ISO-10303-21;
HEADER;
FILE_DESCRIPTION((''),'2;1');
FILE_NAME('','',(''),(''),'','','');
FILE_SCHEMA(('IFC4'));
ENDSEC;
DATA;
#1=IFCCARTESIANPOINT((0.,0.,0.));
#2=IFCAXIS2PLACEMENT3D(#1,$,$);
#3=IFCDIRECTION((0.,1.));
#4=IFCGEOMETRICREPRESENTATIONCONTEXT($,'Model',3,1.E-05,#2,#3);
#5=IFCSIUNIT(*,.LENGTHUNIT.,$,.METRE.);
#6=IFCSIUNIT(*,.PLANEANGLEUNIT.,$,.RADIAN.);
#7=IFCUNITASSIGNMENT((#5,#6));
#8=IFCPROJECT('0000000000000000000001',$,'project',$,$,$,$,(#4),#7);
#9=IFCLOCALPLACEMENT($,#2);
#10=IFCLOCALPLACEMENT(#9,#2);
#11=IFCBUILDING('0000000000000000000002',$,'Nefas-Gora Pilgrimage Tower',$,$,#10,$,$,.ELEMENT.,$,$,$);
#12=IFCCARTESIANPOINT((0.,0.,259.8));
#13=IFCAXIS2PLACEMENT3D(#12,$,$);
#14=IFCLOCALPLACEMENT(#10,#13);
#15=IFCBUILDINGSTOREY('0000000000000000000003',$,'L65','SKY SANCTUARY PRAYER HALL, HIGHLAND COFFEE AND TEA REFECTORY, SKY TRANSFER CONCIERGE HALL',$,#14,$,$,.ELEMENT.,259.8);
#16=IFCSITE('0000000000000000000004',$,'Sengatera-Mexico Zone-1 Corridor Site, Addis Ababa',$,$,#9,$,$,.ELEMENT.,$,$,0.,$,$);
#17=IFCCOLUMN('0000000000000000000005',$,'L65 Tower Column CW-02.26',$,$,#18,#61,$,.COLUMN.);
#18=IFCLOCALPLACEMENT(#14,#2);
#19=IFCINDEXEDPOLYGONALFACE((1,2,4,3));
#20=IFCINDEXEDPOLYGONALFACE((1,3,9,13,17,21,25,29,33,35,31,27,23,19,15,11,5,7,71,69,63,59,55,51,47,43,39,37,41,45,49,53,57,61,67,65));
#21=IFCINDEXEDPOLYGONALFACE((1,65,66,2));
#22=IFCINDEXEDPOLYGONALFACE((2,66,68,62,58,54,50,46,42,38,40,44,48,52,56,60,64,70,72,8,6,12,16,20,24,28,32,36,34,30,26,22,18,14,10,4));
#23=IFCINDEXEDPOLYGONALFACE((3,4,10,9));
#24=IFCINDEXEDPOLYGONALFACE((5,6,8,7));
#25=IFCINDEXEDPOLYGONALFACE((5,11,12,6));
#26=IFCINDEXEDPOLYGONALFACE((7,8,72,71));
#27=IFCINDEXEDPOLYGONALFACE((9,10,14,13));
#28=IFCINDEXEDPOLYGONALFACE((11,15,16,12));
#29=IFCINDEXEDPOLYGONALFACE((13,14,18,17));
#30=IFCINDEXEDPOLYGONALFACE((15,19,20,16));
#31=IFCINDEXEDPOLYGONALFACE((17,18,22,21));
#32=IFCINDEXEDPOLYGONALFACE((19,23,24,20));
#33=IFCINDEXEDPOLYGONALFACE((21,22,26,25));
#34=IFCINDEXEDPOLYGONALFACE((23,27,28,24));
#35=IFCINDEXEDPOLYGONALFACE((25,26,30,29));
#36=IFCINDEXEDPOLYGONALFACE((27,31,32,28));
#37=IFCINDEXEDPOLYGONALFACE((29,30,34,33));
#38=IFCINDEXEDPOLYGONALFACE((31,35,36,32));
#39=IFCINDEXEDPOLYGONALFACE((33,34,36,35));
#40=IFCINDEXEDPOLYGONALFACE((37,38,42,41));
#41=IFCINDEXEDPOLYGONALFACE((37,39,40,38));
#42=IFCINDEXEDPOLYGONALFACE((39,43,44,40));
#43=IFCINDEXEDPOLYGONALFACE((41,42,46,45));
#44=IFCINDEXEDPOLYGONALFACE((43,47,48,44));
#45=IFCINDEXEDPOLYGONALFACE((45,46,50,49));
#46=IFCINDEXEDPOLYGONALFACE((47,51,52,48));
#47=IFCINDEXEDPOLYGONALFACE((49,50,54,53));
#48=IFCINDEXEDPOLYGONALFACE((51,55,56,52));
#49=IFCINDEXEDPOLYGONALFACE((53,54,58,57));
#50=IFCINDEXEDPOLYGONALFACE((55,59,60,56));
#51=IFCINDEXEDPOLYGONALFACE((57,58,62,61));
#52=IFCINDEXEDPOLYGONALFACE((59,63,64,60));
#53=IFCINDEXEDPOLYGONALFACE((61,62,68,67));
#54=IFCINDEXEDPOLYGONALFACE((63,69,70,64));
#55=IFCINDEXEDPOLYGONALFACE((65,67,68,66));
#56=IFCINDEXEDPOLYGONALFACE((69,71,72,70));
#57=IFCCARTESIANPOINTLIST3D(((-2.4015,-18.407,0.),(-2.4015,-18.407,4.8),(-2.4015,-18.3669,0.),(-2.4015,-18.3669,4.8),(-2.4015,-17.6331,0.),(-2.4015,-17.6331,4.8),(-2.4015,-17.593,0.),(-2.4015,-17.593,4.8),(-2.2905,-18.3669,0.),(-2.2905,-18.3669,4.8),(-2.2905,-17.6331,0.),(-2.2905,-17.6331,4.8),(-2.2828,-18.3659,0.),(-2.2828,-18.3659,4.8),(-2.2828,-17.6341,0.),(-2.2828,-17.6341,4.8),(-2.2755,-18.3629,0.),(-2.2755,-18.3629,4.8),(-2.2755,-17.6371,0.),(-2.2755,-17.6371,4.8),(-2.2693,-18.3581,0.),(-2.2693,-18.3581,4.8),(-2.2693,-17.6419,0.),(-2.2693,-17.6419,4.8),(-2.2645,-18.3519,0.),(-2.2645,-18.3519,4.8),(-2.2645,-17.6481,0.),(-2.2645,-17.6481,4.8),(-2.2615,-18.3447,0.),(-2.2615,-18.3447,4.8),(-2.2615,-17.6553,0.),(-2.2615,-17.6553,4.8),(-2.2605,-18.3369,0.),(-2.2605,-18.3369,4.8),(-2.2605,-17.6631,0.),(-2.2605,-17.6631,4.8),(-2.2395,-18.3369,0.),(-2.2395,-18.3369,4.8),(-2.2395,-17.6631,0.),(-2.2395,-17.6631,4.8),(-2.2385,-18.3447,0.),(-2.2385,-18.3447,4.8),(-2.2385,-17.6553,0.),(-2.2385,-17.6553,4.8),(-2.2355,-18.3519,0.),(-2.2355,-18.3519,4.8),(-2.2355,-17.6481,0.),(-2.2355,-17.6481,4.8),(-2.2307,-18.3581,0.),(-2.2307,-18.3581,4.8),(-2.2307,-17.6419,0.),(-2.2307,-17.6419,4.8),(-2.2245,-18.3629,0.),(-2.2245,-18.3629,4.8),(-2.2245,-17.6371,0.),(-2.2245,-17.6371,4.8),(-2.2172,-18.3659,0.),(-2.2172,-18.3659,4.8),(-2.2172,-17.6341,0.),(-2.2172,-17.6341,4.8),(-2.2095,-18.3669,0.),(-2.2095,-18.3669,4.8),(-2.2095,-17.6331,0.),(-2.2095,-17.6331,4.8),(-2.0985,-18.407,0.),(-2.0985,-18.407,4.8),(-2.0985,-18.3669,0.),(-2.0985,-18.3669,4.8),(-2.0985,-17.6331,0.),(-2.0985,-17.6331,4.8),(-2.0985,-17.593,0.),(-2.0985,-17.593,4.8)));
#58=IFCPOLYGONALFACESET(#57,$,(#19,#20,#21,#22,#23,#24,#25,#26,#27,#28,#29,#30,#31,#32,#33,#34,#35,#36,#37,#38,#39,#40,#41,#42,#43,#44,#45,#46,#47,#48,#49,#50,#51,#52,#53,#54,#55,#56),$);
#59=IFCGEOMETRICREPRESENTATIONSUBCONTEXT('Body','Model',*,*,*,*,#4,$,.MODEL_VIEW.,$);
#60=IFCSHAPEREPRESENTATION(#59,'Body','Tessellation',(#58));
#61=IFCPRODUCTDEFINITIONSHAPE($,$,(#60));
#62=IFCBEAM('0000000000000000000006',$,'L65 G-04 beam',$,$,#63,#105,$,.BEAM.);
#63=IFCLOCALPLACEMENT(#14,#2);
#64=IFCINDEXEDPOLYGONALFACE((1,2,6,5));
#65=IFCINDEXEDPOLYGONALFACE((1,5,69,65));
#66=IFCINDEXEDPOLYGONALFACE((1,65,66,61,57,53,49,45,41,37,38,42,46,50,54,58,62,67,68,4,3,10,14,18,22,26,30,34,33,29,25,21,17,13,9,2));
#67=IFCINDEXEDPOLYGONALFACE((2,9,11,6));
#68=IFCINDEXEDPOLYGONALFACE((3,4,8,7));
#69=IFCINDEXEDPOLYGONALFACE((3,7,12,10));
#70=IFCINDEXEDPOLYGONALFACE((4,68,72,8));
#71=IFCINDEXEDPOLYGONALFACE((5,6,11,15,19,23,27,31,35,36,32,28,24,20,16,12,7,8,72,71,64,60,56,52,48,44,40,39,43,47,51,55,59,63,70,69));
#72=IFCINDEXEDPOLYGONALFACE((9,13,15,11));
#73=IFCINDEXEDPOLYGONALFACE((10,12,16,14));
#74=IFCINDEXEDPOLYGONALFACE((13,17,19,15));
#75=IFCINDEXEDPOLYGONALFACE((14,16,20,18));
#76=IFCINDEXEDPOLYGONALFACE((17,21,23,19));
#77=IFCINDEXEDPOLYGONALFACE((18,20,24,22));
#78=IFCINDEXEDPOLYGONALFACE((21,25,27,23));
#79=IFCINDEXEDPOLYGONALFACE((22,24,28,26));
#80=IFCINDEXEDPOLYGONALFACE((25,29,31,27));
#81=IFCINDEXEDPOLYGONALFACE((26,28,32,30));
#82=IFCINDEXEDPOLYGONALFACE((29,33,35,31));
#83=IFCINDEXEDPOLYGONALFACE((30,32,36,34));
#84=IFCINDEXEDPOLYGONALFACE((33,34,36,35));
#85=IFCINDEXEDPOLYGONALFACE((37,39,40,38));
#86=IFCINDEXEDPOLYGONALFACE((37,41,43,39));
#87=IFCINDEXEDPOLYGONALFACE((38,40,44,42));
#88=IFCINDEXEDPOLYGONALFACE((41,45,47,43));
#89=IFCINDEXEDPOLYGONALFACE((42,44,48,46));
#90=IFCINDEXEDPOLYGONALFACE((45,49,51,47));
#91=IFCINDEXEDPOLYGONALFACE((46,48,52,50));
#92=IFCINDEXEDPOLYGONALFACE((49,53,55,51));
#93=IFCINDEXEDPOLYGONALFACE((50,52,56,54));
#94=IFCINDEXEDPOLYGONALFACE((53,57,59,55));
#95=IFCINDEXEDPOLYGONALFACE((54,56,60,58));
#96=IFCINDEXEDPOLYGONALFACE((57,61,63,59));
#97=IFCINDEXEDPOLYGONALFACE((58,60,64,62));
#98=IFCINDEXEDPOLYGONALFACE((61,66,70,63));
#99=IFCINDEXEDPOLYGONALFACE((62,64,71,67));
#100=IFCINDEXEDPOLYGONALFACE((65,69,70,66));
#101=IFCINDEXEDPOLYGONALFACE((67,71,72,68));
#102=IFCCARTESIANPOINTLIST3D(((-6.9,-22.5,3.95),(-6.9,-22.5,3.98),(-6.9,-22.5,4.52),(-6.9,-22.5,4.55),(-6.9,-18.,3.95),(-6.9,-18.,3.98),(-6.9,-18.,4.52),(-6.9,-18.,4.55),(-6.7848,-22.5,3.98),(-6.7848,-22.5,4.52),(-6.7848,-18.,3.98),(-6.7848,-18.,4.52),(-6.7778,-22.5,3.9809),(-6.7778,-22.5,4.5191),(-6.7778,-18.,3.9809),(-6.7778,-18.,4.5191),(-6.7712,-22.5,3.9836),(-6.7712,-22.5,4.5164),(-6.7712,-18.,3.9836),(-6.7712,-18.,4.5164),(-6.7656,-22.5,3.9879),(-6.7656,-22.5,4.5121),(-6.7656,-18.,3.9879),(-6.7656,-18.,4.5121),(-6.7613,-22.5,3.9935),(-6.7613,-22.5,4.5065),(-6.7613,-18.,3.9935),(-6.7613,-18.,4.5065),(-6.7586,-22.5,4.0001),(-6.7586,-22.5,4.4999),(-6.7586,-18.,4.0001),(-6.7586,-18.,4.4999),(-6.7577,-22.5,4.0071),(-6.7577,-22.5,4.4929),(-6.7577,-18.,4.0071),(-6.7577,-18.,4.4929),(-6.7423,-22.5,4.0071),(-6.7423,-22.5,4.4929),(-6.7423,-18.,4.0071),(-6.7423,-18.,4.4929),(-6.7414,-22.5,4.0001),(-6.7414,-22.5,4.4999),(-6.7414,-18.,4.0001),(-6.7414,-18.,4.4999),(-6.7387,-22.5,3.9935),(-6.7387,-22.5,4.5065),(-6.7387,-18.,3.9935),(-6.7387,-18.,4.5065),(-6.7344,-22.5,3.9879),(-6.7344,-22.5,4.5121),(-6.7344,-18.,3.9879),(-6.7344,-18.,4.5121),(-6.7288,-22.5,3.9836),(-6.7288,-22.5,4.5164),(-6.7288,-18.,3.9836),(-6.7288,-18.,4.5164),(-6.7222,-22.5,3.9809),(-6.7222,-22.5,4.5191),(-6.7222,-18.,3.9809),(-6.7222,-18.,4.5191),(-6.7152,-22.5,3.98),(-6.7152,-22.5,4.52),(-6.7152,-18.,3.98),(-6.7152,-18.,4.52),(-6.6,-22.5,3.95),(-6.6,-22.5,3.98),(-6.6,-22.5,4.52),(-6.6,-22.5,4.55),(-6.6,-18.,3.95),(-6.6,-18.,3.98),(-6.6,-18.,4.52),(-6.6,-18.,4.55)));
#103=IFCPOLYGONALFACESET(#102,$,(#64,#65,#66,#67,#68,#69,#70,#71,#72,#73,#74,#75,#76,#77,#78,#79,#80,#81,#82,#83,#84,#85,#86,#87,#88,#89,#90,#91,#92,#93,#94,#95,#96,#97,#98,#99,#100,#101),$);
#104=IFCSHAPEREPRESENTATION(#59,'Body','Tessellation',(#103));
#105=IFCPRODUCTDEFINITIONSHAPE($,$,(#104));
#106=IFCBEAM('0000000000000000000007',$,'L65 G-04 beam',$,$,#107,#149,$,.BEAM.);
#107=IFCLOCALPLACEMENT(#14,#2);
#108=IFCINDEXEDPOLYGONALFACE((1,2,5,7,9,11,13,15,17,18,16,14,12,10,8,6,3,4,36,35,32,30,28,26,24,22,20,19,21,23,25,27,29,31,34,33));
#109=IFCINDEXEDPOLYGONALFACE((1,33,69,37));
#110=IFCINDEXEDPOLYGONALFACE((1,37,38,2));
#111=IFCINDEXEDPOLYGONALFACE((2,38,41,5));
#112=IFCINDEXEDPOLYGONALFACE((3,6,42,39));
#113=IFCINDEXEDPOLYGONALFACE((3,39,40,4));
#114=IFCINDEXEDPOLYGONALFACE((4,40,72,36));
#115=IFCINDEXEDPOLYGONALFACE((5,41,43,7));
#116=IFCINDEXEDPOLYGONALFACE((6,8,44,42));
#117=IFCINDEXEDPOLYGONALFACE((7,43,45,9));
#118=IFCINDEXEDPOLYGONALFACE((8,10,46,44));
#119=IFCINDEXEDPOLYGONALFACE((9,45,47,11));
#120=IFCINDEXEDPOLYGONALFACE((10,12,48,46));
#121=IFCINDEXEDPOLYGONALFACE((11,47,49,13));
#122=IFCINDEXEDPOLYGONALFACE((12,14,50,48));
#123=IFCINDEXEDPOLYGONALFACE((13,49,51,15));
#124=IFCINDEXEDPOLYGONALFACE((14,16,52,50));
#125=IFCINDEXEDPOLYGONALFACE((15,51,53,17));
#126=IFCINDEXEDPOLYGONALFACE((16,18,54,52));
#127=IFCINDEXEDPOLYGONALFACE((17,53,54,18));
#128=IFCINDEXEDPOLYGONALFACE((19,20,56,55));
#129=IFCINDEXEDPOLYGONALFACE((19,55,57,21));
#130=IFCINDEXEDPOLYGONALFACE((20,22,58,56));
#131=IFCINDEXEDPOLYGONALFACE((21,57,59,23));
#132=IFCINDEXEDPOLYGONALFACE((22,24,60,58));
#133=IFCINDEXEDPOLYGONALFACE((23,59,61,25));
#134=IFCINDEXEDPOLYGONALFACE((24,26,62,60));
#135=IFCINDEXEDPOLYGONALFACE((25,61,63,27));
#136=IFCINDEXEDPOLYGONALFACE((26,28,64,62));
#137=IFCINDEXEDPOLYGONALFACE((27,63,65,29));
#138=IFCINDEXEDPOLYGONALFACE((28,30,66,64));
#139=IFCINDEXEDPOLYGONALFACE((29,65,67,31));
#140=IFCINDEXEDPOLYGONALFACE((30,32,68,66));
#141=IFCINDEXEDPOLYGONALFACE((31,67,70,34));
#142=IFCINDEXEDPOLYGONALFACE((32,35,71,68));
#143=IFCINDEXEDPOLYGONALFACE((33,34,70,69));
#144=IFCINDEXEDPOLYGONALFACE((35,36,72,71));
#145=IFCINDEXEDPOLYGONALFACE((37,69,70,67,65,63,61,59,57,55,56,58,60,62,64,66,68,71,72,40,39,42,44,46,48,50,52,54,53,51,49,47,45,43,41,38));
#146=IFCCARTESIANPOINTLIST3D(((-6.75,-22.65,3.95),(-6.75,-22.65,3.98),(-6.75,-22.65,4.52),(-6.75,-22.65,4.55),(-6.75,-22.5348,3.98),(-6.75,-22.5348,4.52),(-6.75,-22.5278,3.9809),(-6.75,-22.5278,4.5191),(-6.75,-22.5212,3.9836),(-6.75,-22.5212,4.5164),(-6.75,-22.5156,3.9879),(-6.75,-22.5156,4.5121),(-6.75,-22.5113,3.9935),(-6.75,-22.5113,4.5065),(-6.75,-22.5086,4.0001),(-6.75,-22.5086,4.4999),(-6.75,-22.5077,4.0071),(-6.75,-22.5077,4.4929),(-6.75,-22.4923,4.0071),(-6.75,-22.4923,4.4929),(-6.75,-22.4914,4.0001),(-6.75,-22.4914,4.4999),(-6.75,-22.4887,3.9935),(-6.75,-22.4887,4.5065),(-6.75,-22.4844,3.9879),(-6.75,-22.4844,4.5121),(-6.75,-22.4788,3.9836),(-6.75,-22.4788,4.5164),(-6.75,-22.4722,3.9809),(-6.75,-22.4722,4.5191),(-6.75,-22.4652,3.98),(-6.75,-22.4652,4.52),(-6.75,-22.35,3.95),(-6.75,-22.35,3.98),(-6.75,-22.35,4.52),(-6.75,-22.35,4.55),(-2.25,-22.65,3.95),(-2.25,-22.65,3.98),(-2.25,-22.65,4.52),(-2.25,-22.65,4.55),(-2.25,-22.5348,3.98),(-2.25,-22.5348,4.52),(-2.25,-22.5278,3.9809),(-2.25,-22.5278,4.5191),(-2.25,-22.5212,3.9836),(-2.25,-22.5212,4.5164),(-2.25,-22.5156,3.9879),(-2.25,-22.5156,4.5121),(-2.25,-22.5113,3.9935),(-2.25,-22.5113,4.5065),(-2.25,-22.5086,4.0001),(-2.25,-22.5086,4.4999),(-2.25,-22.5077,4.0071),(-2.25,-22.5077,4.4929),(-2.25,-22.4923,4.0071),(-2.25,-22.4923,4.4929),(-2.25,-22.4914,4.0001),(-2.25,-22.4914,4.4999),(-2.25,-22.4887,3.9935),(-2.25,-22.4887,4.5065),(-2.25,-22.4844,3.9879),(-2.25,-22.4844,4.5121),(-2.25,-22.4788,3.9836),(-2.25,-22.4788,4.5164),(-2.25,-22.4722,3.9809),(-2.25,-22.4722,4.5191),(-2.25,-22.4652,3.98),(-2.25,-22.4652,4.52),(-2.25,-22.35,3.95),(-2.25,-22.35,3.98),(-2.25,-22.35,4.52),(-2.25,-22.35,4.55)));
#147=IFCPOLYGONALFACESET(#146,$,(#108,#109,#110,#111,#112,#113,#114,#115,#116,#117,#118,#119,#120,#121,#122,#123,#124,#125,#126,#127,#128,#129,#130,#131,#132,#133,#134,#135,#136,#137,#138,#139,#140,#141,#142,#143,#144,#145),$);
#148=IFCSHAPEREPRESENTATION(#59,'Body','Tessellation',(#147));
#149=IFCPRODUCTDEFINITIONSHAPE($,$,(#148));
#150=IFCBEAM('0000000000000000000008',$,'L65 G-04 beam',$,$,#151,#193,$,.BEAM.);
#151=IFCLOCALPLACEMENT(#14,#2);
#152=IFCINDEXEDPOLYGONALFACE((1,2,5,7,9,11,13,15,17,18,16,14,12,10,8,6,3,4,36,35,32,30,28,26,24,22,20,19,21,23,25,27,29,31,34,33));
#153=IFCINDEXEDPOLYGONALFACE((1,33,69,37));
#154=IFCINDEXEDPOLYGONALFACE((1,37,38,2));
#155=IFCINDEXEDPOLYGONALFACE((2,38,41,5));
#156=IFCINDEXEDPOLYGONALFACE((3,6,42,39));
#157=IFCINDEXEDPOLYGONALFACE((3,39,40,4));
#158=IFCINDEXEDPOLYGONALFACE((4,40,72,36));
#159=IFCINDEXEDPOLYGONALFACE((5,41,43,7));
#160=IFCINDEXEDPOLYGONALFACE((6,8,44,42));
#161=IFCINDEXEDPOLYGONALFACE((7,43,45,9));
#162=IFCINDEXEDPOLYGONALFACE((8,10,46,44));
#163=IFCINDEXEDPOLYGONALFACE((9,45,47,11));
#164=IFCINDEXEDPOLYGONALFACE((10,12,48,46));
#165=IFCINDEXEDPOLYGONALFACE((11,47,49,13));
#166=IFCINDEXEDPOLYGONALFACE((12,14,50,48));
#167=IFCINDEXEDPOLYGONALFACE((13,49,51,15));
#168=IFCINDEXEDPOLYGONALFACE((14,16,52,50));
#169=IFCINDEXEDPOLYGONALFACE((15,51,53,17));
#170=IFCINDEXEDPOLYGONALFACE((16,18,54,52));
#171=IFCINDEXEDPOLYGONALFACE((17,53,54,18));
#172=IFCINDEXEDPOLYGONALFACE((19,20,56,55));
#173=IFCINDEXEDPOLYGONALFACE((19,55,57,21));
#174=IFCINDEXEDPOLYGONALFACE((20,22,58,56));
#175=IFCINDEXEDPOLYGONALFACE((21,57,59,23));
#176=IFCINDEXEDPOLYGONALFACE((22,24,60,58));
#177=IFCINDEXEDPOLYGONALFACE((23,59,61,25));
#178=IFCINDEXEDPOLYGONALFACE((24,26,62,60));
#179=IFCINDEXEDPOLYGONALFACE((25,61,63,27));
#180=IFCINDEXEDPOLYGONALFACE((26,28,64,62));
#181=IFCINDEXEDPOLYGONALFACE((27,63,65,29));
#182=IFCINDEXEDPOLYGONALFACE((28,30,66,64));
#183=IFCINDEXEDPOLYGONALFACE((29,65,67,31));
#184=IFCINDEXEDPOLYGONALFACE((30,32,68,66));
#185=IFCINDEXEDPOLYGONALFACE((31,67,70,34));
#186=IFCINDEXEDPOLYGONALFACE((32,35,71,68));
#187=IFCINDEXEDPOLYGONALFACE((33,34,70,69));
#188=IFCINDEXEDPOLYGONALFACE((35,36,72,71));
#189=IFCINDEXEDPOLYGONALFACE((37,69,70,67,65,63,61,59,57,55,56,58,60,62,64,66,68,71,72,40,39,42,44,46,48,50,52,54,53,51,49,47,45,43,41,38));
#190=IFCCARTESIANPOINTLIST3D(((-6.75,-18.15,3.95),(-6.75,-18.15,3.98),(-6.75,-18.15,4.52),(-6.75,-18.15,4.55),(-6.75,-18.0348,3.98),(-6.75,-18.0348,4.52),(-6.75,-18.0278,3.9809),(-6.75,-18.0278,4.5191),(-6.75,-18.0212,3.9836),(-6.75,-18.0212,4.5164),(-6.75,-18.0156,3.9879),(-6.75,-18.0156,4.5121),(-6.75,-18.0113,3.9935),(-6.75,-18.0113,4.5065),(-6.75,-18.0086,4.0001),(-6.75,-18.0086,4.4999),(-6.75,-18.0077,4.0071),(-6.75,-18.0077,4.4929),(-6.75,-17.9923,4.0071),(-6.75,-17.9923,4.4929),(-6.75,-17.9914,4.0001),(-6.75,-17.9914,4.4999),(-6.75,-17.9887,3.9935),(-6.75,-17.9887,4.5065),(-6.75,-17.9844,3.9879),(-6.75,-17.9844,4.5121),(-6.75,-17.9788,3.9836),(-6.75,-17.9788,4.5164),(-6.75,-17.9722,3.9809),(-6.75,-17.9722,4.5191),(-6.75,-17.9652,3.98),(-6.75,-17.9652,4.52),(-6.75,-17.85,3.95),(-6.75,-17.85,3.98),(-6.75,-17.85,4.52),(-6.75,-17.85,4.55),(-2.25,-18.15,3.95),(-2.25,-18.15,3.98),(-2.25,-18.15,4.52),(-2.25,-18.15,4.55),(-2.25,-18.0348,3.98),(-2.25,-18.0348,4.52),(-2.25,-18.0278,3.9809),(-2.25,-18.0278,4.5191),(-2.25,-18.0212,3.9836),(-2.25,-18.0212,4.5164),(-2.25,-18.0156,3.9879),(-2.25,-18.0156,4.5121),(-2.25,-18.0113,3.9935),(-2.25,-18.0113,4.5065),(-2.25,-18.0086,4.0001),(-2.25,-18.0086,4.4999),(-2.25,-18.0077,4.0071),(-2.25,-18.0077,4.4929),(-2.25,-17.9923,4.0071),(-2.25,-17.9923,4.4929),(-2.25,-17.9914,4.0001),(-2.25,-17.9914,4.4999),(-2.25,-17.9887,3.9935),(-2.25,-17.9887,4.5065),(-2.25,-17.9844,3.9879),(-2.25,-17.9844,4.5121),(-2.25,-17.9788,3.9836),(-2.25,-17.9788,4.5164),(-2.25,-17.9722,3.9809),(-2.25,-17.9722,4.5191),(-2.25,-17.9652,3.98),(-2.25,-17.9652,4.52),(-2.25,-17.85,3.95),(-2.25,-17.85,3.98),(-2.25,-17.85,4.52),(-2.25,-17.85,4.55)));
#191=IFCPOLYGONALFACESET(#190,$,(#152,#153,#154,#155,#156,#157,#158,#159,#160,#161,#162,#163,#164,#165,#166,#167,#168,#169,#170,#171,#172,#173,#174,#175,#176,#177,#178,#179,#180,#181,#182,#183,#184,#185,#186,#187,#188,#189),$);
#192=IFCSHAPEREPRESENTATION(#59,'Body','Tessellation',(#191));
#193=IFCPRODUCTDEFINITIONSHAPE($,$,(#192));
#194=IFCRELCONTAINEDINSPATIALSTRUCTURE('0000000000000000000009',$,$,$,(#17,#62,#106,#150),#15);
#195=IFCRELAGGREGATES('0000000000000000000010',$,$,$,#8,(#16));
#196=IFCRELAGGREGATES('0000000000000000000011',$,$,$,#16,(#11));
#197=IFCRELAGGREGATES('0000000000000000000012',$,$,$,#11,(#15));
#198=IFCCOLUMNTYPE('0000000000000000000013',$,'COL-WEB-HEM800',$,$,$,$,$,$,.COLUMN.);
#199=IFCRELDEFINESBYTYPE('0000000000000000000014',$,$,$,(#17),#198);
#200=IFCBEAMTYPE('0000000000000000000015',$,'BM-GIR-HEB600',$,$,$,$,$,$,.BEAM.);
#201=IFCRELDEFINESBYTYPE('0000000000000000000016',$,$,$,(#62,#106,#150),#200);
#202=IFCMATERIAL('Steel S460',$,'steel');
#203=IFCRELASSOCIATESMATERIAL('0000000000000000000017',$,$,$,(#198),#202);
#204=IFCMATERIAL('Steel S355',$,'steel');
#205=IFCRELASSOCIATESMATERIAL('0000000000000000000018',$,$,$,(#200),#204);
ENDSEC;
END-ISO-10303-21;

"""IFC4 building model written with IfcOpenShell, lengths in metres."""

from ifc_helpers import new_model, si_unit, direction, frame, origin, origin_2d, place, context, subcontext, project, spatial, i_section, extrude, source, transform, mapped, material, material_profile, profile_set, type_object, element, save


model = new_model("IFC4")

# Units and contexts
model_context = context("Model", 3, precision=1e-05, world=origin(), true_north=direction((0.0, 1.0)))
body_context = subcontext(model_context, "Body", "Model", "MODEL_VIEW")
ifc_project = project(units=[si_unit("LENGTHUNIT", "METRE"), si_unit("PLANEANGLEUNIT", "RADIAN")], contexts=[model_context])

# Site, building, storey
site_placement = place(None, origin())
site = spatial("IfcSite", under=ifc_project, at=site_placement, Name="Sengatera-Mexico Zone-1 Corridor Site, Addis Ababa", CompositionType="ELEMENT", RefElevation=0.0)
building_placement = place(site_placement, origin())
building = spatial("IfcBuilding", under=site, at=building_placement, Name="Nefas-Gora Pilgrimage Tower", CompositionType="ELEMENT")
storey_placement = place(building_placement, frame((0.0, 0.0, 259.8)))
storey = spatial("IfcBuildingStorey", under=building, at=storey_placement, Name="L65", Description="SKY SANCTUARY PRAYER HALL, HIGHLAND COFFEE AND TEA REFECTORY, SKY TRANSFER CONCIERGE HALL", CompositionType="ELEMENT", Elevation=259.8)

# Column
ifc_material_1 = material(Name="Steel S460", Category="steel")
ifc_material_profile_1 = material_profile(ifc_material_1, i_section(OverallWidth=0.303, OverallDepth=0.814, WebThickness=0.021, FlangeThickness=0.04, FilletRadius=0.03, at=origin_2d()), Name="HEM 800")
ifc_profile_set_1 = profile_set([ifc_material_profile_1], Name="Steel S460")
column_type_1 = type_object("IfcColumnType", Name="COL-WEB-HEM800", PredefinedType="COLUMN", material=ifc_profile_set_1)
shared_shape_1 = source(origin(), body_context, "Body", "SweptSolid", [
    extrude(i_section(OverallWidth=0.303, OverallDepth=0.814, WebThickness=0.021, FlangeThickness=0.04, FilletRadius=0.03, at=origin_2d()), origin(), (0.0, 0.0, 1.0), 4.8),
])
for number, where, z_axis, x_axis, name in (
    (1, (-2.25, -18.0, 0.0), (0.0, 0.0, 1.0), (1.0, 0.0, 0.0), "L65 Tower Column CW-02.26"),
):
    element("IfcColumn", number, at=place(storey_placement, frame(where, z_axis=z_axis, x_axis=x_axis)), inside=storey, type_object=column_type_1, Name=name, PredefinedType="COLUMN", context=body_context, shape_type="MappedRepresentation", body=[
        mapped(shared_shape_1, transform((0.0, 0.0, 0.0), x_axis=(1.0, 0.0, 0.0), y_axis=(0.0, 1.0, 0.0), z_axis=(0.0, 0.0, 1.0), scale=1.0)),
    ])

# Beams
ifc_material_2 = material(Name="Steel S355", Category="steel")
ifc_material_profile_2 = material_profile(ifc_material_2, i_section(OverallWidth=0.3, OverallDepth=0.6001, WebThickness=0.0154, FlangeThickness=0.03, FilletRadius=0.0271, at=origin_2d()), Name="HEB 600")
ifc_profile_set_2 = profile_set([ifc_material_profile_2], Name="Steel S355")
beam_type = type_object("IfcBeamType", Name="BM-GIR-HEB600", PredefinedType="BEAM", material=ifc_profile_set_2)
shared_shape_2 = source(origin(), body_context, "Body", "SweptSolid", [
    extrude(i_section(OverallWidth=0.3, OverallDepth=0.6001, WebThickness=0.0154, FlangeThickness=0.03, FilletRadius=0.0271, at=origin_2d()), origin(), (0.0, 0.0, 1.0), 4.5),
])
for number, where, z_axis, x_axis, name in (
    (2, (-6.75, -22.5, 4.25), (0.0, 1.0, 0.0), (-1.0, 0.0, 0.0), "L65 G-04 beam"),
    (3, (-6.75, -22.5, 4.25), (1.0, 0.0, 0.0), (0.0, 1.0, 0.0), "L65 G-04 beam"),
    (4, (-6.75, -18.0, 4.25), (1.0, 0.0, 0.0), (0.0, 1.0, 0.0), "L65 G-04 beam"),
):
    element("IfcBeam", number, at=place(storey_placement, frame(where, z_axis=z_axis, x_axis=x_axis)), inside=storey, type_object=beam_type, Name=name, PredefinedType="BEAM", context=body_context, shape_type="MappedRepresentation", body=[
        mapped(shared_shape_2, transform((0.0, 0.0, 0.0), x_axis=(1.0, 0.0, 0.0), y_axis=(0.0, 1.0, 0.0), z_axis=(0.0, 0.0, 1.0), scale=1.0)),
    ])

save(model, "model.ifc")
